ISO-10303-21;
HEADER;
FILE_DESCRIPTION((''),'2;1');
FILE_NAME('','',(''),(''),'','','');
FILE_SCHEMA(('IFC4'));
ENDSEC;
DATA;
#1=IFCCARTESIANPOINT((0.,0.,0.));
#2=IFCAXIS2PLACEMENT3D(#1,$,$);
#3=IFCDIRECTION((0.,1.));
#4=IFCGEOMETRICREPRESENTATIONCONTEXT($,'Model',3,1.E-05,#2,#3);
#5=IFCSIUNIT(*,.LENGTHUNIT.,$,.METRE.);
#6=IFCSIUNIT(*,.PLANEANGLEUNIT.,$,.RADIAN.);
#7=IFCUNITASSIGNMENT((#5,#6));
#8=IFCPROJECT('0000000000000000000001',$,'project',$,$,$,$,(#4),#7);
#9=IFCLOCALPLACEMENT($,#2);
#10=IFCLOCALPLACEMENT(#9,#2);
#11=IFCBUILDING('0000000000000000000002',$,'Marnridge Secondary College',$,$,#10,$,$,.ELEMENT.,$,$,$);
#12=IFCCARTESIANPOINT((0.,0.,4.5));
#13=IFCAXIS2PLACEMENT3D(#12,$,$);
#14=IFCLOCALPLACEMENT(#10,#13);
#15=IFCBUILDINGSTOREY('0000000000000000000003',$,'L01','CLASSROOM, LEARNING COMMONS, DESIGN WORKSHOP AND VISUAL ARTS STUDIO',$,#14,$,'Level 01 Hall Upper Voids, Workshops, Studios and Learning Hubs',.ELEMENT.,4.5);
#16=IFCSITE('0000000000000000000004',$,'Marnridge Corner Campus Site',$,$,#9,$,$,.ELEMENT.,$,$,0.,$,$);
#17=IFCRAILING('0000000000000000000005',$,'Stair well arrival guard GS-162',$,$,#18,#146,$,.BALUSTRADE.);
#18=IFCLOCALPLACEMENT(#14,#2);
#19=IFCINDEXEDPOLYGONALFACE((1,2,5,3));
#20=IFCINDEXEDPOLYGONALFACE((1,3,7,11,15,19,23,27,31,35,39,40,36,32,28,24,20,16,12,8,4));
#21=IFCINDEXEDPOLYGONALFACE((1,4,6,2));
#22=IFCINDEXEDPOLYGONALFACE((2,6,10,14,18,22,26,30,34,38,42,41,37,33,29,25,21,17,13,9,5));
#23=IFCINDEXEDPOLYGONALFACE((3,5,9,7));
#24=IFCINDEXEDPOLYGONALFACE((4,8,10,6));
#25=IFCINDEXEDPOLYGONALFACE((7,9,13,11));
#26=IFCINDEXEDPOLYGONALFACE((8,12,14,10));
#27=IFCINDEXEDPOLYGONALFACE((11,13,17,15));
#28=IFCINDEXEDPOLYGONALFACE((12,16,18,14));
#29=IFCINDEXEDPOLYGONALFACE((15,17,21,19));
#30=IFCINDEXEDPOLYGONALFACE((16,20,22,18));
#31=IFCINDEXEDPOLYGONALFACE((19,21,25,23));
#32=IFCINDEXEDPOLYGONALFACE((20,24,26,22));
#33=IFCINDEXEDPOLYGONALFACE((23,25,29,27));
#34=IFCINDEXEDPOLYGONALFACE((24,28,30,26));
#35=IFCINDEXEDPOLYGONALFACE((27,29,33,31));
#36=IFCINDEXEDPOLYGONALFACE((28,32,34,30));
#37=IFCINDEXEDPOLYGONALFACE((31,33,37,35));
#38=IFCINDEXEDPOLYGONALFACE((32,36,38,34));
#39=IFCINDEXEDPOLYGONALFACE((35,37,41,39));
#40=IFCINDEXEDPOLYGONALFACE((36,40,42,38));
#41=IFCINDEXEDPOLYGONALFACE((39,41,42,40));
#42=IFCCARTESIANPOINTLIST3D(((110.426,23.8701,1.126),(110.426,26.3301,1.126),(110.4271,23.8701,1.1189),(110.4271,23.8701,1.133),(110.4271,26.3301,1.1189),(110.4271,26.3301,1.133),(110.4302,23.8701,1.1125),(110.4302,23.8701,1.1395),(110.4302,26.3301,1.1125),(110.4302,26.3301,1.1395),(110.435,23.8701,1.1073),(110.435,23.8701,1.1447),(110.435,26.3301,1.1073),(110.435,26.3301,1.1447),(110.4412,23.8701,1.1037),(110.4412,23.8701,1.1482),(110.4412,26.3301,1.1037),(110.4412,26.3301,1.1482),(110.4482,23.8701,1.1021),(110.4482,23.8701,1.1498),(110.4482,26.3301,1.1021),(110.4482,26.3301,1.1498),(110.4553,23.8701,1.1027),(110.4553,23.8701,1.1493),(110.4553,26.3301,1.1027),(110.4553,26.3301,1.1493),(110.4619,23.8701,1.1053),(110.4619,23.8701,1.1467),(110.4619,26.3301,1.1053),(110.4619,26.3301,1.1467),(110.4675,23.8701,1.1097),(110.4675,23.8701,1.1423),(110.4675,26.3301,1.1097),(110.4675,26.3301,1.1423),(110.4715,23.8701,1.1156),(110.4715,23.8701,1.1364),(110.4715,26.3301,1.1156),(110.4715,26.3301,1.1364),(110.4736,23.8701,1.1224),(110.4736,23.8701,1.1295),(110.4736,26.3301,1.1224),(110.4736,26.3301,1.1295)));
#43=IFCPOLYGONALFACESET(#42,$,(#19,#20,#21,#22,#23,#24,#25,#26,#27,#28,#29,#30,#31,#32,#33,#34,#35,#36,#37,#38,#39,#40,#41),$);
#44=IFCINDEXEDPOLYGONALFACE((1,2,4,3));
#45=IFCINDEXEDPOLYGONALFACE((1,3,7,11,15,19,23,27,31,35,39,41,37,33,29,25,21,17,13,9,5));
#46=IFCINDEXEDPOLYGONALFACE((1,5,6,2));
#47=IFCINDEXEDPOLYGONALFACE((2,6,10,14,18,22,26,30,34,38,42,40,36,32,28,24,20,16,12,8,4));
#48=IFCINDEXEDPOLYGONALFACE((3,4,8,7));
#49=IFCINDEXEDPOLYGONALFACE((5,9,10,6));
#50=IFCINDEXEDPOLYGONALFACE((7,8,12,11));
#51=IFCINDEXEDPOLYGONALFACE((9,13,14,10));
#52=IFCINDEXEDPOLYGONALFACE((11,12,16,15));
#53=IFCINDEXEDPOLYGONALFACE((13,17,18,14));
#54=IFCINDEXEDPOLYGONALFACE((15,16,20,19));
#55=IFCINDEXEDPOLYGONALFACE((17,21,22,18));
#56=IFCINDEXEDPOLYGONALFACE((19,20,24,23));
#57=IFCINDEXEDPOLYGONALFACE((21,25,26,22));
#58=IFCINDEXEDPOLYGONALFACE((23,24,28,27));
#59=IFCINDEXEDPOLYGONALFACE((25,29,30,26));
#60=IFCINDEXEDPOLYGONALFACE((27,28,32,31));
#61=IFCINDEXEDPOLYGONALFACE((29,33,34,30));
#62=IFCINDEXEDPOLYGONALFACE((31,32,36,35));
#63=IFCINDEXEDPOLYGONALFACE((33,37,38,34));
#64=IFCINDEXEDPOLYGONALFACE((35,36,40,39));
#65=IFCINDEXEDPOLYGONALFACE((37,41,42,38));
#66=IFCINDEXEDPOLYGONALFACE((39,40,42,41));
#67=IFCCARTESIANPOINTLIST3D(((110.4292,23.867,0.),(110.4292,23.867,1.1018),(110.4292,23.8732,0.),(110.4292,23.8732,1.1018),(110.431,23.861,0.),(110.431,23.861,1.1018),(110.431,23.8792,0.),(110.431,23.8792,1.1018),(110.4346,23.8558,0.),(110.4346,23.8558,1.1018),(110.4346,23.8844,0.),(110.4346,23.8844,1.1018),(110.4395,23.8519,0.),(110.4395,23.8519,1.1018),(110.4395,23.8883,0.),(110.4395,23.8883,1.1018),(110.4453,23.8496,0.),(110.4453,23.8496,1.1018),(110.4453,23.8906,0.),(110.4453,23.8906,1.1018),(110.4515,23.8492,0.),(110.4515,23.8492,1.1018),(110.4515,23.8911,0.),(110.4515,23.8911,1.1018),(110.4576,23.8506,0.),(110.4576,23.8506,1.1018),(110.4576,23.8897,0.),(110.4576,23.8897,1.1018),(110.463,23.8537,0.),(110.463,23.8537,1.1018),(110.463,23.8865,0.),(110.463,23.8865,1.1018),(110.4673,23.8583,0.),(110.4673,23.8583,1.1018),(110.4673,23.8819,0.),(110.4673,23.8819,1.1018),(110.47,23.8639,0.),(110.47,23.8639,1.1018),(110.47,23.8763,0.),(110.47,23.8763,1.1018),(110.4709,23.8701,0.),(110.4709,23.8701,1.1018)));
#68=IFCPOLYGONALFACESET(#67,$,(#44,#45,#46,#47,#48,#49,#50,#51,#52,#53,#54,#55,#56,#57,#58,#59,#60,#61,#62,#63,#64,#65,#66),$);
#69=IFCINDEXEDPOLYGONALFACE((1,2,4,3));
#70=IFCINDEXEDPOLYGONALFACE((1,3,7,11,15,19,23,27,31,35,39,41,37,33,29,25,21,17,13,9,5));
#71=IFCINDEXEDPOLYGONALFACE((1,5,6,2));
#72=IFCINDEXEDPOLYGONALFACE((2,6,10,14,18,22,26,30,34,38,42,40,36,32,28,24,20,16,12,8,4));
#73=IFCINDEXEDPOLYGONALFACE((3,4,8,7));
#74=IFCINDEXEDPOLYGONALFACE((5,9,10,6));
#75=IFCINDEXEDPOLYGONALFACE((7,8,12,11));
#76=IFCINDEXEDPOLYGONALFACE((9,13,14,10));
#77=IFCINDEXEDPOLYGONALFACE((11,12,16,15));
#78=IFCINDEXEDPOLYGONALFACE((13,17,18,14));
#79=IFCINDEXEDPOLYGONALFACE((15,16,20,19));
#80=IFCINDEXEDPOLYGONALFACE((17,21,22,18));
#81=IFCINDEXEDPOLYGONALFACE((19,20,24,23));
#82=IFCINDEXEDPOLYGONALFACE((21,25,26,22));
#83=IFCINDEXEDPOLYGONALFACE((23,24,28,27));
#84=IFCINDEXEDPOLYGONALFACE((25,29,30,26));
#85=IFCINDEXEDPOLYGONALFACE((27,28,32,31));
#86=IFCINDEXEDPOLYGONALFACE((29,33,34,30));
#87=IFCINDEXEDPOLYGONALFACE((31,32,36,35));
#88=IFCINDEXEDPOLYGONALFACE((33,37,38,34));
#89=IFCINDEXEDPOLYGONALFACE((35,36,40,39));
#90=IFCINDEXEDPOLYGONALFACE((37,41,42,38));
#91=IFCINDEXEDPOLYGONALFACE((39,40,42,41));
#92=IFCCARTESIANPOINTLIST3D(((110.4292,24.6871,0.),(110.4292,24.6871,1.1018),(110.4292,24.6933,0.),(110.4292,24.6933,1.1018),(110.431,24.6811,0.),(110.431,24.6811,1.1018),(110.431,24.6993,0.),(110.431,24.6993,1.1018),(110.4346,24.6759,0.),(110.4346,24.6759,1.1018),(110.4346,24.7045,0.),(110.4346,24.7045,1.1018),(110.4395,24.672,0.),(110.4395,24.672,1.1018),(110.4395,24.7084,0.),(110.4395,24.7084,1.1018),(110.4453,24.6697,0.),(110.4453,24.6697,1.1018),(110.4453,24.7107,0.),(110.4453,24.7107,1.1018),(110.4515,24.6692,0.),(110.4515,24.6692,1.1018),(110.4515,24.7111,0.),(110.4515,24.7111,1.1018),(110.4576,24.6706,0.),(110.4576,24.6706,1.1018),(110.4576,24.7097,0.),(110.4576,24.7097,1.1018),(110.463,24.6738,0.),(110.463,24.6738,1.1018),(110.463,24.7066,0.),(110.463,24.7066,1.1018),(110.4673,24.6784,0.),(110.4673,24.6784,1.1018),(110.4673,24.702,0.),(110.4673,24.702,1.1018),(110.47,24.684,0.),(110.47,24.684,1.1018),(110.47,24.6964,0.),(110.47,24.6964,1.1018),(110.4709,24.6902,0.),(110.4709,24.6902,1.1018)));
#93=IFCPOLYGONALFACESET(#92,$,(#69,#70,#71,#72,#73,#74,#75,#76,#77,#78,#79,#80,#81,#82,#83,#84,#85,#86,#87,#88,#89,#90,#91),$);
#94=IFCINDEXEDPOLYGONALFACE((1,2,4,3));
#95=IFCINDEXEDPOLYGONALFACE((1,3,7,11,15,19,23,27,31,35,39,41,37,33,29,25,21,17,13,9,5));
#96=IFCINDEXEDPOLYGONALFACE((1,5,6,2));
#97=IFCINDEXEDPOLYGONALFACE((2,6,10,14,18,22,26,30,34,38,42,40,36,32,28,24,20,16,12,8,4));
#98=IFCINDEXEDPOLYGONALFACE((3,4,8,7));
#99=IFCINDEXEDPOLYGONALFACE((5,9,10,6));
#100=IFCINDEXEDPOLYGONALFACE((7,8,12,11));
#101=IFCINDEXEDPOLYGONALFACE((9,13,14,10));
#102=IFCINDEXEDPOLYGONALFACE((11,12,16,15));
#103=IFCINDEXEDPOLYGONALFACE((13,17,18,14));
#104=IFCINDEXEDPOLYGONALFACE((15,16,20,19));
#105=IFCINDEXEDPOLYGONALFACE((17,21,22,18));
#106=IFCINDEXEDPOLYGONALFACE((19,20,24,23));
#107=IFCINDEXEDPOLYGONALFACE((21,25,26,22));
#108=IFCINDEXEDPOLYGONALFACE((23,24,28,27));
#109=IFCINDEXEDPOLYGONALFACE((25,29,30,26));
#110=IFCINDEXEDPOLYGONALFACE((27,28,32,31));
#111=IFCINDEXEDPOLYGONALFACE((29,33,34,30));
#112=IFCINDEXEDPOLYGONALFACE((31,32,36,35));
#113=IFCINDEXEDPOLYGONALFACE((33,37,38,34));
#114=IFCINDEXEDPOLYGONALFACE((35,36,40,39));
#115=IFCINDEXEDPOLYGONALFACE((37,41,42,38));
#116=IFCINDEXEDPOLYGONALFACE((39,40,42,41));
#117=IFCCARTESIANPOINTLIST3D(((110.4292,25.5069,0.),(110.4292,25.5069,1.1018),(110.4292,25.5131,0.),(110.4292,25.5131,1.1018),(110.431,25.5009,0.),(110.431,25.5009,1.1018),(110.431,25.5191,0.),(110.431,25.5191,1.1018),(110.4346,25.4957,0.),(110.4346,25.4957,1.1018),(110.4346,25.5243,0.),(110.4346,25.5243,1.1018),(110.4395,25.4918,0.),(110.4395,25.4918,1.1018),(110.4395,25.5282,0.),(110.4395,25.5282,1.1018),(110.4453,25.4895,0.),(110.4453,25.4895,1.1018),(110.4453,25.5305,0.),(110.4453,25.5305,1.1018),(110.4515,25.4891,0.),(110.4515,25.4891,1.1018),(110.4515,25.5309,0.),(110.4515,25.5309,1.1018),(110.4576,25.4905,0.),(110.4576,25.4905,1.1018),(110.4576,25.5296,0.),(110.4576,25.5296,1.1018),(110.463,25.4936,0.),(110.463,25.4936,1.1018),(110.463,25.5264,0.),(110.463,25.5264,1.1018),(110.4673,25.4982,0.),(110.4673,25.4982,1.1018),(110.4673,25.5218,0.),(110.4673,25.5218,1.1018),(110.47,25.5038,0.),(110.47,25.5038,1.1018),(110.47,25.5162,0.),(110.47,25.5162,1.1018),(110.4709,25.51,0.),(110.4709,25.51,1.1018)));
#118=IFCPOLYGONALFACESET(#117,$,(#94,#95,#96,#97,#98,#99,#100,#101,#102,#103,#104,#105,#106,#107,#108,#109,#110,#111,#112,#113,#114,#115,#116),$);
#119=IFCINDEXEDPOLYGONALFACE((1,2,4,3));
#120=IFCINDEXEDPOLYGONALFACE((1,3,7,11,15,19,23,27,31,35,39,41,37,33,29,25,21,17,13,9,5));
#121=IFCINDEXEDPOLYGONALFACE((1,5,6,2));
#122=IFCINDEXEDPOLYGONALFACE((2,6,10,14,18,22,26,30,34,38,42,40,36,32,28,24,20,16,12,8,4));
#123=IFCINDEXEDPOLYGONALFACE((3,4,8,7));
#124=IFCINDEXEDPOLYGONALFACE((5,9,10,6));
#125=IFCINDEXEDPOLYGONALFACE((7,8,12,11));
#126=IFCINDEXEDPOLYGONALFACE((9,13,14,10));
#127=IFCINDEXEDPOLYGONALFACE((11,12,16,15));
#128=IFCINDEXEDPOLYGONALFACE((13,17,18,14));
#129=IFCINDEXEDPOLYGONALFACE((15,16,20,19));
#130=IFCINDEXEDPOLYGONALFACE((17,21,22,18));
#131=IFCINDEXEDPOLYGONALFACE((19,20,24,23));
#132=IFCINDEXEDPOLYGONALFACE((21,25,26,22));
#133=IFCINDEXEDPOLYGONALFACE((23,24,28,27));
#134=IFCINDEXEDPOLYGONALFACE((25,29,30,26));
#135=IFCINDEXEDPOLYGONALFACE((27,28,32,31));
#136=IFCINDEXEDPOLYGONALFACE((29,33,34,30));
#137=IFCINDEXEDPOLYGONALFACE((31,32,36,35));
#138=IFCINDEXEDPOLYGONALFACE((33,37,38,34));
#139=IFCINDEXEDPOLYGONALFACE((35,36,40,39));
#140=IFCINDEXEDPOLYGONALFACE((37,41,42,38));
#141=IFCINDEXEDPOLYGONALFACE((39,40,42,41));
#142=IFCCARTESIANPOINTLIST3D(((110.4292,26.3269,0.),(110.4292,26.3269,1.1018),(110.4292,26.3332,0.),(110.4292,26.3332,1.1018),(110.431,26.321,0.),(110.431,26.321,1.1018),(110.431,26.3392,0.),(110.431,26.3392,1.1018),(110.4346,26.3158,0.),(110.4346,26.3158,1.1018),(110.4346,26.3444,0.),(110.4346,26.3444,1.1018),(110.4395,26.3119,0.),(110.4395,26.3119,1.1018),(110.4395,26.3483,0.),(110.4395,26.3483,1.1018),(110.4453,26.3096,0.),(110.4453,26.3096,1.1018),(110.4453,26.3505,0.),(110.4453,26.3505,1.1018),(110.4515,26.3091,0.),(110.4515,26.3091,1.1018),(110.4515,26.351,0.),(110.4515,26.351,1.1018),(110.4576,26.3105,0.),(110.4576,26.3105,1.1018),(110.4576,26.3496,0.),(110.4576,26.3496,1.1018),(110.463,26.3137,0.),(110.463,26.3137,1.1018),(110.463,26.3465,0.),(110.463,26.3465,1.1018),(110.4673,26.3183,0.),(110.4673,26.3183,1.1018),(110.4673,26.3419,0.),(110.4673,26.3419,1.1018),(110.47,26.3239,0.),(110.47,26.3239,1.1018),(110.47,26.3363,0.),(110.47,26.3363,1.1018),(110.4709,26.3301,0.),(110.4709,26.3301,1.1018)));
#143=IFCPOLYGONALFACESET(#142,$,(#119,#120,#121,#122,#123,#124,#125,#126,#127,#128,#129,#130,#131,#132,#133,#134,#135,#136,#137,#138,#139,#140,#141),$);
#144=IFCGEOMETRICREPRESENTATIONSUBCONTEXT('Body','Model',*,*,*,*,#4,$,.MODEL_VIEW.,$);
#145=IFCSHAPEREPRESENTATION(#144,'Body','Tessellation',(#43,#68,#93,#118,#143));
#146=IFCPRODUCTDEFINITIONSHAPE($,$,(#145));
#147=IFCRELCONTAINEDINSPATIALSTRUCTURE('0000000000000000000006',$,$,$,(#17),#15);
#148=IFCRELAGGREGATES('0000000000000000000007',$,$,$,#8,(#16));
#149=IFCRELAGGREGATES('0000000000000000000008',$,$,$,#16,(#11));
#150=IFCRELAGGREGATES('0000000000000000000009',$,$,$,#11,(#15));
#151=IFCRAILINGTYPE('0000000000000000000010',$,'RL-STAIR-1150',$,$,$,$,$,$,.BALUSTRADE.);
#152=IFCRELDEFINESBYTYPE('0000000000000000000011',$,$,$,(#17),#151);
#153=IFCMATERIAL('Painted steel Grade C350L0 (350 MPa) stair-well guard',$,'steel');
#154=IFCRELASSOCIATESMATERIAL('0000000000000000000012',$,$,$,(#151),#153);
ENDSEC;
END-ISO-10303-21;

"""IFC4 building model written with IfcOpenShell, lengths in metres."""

from ifc_helpers import new_model, si_unit, direction, frame, origin, origin_2d, place, context, subcontext, project, spatial, circle, extrude, material, type_object, element, save


model = new_model("IFC4")

# Units and contexts
model_context = context("Model", 3, precision=1e-05, world=origin(), true_north=direction((0.0, 1.0)))
body_context = subcontext(model_context, "Body", "Model", "MODEL_VIEW")
ifc_project = project(units=[si_unit("LENGTHUNIT", "METRE"), si_unit("PLANEANGLEUNIT", "RADIAN")], contexts=[model_context])

# Site, building, storey
site_placement = place(None, origin())
site = spatial("IfcSite", under=ifc_project, at=site_placement, Name="Marnridge Corner Campus Site", CompositionType="ELEMENT", RefElevation=0.0)
building_placement = place(site_placement, origin())
building = spatial("IfcBuilding", under=site, at=building_placement, Name="Marnridge Secondary College", CompositionType="ELEMENT")
storey_placement = place(building_placement, frame((0.0, 0.0, 4.5)))
storey = spatial("IfcBuildingStorey", under=building, at=storey_placement, Name="L01", Description="CLASSROOM, LEARNING COMMONS, DESIGN WORKSHOP AND VISUAL ARTS STUDIO", LongName="Level 01 Hall Upper Voids, Workshops, Studios and Learning Hubs", CompositionType="ELEMENT", Elevation=4.5)

# Railing
ifc_material_1 = material(Name="Painted steel Grade C350L0 (350 MPa) stair-well guard", Category="steel")
railing_type_1 = type_object("IfcRailingType", Name="RL-STAIR-1150", PredefinedType="BALUSTRADE", material=ifc_material_1)
railing_1_placement = place(storey_placement, frame((110.45, 23.8701, 0.0)))
element("IfcRailing", 1, at=railing_1_placement, inside=storey, type_object=railing_type_1, Name="Stair well arrival guard GS-162", PredefinedType="BALUSTRADE", context=body_context, shape_type="SweptSolid", body=[
    extrude(circle(Radius=0.0239, at=origin_2d()), frame((0.0, 0.0, 1.126), z_axis=(0.0, 1.0, 0.0), x_axis=(-1.0, 0.0, 0.0)), (0.0, 0.0, 1.0), 2.46),
    extrude(circle(Radius=0.021, at=origin_2d()), origin(), (0.0, 0.0, 1.0), 1.1018),
    extrude(circle(Radius=0.021, at=origin_2d()), frame((0.0, 0.8201, 0.0)), (0.0, 0.0, 1.0), 1.1018),
    extrude(circle(Radius=0.021, at=origin_2d()), frame((0.0, 1.6399, 0.0)), (0.0, 0.0, 1.0), 1.1018),
    extrude(circle(Radius=0.021, at=origin_2d()), frame((0.0, 2.46, 0.0)), (0.0, 0.0, 1.0), 1.1018),
])

save(model, "model.ifc")
